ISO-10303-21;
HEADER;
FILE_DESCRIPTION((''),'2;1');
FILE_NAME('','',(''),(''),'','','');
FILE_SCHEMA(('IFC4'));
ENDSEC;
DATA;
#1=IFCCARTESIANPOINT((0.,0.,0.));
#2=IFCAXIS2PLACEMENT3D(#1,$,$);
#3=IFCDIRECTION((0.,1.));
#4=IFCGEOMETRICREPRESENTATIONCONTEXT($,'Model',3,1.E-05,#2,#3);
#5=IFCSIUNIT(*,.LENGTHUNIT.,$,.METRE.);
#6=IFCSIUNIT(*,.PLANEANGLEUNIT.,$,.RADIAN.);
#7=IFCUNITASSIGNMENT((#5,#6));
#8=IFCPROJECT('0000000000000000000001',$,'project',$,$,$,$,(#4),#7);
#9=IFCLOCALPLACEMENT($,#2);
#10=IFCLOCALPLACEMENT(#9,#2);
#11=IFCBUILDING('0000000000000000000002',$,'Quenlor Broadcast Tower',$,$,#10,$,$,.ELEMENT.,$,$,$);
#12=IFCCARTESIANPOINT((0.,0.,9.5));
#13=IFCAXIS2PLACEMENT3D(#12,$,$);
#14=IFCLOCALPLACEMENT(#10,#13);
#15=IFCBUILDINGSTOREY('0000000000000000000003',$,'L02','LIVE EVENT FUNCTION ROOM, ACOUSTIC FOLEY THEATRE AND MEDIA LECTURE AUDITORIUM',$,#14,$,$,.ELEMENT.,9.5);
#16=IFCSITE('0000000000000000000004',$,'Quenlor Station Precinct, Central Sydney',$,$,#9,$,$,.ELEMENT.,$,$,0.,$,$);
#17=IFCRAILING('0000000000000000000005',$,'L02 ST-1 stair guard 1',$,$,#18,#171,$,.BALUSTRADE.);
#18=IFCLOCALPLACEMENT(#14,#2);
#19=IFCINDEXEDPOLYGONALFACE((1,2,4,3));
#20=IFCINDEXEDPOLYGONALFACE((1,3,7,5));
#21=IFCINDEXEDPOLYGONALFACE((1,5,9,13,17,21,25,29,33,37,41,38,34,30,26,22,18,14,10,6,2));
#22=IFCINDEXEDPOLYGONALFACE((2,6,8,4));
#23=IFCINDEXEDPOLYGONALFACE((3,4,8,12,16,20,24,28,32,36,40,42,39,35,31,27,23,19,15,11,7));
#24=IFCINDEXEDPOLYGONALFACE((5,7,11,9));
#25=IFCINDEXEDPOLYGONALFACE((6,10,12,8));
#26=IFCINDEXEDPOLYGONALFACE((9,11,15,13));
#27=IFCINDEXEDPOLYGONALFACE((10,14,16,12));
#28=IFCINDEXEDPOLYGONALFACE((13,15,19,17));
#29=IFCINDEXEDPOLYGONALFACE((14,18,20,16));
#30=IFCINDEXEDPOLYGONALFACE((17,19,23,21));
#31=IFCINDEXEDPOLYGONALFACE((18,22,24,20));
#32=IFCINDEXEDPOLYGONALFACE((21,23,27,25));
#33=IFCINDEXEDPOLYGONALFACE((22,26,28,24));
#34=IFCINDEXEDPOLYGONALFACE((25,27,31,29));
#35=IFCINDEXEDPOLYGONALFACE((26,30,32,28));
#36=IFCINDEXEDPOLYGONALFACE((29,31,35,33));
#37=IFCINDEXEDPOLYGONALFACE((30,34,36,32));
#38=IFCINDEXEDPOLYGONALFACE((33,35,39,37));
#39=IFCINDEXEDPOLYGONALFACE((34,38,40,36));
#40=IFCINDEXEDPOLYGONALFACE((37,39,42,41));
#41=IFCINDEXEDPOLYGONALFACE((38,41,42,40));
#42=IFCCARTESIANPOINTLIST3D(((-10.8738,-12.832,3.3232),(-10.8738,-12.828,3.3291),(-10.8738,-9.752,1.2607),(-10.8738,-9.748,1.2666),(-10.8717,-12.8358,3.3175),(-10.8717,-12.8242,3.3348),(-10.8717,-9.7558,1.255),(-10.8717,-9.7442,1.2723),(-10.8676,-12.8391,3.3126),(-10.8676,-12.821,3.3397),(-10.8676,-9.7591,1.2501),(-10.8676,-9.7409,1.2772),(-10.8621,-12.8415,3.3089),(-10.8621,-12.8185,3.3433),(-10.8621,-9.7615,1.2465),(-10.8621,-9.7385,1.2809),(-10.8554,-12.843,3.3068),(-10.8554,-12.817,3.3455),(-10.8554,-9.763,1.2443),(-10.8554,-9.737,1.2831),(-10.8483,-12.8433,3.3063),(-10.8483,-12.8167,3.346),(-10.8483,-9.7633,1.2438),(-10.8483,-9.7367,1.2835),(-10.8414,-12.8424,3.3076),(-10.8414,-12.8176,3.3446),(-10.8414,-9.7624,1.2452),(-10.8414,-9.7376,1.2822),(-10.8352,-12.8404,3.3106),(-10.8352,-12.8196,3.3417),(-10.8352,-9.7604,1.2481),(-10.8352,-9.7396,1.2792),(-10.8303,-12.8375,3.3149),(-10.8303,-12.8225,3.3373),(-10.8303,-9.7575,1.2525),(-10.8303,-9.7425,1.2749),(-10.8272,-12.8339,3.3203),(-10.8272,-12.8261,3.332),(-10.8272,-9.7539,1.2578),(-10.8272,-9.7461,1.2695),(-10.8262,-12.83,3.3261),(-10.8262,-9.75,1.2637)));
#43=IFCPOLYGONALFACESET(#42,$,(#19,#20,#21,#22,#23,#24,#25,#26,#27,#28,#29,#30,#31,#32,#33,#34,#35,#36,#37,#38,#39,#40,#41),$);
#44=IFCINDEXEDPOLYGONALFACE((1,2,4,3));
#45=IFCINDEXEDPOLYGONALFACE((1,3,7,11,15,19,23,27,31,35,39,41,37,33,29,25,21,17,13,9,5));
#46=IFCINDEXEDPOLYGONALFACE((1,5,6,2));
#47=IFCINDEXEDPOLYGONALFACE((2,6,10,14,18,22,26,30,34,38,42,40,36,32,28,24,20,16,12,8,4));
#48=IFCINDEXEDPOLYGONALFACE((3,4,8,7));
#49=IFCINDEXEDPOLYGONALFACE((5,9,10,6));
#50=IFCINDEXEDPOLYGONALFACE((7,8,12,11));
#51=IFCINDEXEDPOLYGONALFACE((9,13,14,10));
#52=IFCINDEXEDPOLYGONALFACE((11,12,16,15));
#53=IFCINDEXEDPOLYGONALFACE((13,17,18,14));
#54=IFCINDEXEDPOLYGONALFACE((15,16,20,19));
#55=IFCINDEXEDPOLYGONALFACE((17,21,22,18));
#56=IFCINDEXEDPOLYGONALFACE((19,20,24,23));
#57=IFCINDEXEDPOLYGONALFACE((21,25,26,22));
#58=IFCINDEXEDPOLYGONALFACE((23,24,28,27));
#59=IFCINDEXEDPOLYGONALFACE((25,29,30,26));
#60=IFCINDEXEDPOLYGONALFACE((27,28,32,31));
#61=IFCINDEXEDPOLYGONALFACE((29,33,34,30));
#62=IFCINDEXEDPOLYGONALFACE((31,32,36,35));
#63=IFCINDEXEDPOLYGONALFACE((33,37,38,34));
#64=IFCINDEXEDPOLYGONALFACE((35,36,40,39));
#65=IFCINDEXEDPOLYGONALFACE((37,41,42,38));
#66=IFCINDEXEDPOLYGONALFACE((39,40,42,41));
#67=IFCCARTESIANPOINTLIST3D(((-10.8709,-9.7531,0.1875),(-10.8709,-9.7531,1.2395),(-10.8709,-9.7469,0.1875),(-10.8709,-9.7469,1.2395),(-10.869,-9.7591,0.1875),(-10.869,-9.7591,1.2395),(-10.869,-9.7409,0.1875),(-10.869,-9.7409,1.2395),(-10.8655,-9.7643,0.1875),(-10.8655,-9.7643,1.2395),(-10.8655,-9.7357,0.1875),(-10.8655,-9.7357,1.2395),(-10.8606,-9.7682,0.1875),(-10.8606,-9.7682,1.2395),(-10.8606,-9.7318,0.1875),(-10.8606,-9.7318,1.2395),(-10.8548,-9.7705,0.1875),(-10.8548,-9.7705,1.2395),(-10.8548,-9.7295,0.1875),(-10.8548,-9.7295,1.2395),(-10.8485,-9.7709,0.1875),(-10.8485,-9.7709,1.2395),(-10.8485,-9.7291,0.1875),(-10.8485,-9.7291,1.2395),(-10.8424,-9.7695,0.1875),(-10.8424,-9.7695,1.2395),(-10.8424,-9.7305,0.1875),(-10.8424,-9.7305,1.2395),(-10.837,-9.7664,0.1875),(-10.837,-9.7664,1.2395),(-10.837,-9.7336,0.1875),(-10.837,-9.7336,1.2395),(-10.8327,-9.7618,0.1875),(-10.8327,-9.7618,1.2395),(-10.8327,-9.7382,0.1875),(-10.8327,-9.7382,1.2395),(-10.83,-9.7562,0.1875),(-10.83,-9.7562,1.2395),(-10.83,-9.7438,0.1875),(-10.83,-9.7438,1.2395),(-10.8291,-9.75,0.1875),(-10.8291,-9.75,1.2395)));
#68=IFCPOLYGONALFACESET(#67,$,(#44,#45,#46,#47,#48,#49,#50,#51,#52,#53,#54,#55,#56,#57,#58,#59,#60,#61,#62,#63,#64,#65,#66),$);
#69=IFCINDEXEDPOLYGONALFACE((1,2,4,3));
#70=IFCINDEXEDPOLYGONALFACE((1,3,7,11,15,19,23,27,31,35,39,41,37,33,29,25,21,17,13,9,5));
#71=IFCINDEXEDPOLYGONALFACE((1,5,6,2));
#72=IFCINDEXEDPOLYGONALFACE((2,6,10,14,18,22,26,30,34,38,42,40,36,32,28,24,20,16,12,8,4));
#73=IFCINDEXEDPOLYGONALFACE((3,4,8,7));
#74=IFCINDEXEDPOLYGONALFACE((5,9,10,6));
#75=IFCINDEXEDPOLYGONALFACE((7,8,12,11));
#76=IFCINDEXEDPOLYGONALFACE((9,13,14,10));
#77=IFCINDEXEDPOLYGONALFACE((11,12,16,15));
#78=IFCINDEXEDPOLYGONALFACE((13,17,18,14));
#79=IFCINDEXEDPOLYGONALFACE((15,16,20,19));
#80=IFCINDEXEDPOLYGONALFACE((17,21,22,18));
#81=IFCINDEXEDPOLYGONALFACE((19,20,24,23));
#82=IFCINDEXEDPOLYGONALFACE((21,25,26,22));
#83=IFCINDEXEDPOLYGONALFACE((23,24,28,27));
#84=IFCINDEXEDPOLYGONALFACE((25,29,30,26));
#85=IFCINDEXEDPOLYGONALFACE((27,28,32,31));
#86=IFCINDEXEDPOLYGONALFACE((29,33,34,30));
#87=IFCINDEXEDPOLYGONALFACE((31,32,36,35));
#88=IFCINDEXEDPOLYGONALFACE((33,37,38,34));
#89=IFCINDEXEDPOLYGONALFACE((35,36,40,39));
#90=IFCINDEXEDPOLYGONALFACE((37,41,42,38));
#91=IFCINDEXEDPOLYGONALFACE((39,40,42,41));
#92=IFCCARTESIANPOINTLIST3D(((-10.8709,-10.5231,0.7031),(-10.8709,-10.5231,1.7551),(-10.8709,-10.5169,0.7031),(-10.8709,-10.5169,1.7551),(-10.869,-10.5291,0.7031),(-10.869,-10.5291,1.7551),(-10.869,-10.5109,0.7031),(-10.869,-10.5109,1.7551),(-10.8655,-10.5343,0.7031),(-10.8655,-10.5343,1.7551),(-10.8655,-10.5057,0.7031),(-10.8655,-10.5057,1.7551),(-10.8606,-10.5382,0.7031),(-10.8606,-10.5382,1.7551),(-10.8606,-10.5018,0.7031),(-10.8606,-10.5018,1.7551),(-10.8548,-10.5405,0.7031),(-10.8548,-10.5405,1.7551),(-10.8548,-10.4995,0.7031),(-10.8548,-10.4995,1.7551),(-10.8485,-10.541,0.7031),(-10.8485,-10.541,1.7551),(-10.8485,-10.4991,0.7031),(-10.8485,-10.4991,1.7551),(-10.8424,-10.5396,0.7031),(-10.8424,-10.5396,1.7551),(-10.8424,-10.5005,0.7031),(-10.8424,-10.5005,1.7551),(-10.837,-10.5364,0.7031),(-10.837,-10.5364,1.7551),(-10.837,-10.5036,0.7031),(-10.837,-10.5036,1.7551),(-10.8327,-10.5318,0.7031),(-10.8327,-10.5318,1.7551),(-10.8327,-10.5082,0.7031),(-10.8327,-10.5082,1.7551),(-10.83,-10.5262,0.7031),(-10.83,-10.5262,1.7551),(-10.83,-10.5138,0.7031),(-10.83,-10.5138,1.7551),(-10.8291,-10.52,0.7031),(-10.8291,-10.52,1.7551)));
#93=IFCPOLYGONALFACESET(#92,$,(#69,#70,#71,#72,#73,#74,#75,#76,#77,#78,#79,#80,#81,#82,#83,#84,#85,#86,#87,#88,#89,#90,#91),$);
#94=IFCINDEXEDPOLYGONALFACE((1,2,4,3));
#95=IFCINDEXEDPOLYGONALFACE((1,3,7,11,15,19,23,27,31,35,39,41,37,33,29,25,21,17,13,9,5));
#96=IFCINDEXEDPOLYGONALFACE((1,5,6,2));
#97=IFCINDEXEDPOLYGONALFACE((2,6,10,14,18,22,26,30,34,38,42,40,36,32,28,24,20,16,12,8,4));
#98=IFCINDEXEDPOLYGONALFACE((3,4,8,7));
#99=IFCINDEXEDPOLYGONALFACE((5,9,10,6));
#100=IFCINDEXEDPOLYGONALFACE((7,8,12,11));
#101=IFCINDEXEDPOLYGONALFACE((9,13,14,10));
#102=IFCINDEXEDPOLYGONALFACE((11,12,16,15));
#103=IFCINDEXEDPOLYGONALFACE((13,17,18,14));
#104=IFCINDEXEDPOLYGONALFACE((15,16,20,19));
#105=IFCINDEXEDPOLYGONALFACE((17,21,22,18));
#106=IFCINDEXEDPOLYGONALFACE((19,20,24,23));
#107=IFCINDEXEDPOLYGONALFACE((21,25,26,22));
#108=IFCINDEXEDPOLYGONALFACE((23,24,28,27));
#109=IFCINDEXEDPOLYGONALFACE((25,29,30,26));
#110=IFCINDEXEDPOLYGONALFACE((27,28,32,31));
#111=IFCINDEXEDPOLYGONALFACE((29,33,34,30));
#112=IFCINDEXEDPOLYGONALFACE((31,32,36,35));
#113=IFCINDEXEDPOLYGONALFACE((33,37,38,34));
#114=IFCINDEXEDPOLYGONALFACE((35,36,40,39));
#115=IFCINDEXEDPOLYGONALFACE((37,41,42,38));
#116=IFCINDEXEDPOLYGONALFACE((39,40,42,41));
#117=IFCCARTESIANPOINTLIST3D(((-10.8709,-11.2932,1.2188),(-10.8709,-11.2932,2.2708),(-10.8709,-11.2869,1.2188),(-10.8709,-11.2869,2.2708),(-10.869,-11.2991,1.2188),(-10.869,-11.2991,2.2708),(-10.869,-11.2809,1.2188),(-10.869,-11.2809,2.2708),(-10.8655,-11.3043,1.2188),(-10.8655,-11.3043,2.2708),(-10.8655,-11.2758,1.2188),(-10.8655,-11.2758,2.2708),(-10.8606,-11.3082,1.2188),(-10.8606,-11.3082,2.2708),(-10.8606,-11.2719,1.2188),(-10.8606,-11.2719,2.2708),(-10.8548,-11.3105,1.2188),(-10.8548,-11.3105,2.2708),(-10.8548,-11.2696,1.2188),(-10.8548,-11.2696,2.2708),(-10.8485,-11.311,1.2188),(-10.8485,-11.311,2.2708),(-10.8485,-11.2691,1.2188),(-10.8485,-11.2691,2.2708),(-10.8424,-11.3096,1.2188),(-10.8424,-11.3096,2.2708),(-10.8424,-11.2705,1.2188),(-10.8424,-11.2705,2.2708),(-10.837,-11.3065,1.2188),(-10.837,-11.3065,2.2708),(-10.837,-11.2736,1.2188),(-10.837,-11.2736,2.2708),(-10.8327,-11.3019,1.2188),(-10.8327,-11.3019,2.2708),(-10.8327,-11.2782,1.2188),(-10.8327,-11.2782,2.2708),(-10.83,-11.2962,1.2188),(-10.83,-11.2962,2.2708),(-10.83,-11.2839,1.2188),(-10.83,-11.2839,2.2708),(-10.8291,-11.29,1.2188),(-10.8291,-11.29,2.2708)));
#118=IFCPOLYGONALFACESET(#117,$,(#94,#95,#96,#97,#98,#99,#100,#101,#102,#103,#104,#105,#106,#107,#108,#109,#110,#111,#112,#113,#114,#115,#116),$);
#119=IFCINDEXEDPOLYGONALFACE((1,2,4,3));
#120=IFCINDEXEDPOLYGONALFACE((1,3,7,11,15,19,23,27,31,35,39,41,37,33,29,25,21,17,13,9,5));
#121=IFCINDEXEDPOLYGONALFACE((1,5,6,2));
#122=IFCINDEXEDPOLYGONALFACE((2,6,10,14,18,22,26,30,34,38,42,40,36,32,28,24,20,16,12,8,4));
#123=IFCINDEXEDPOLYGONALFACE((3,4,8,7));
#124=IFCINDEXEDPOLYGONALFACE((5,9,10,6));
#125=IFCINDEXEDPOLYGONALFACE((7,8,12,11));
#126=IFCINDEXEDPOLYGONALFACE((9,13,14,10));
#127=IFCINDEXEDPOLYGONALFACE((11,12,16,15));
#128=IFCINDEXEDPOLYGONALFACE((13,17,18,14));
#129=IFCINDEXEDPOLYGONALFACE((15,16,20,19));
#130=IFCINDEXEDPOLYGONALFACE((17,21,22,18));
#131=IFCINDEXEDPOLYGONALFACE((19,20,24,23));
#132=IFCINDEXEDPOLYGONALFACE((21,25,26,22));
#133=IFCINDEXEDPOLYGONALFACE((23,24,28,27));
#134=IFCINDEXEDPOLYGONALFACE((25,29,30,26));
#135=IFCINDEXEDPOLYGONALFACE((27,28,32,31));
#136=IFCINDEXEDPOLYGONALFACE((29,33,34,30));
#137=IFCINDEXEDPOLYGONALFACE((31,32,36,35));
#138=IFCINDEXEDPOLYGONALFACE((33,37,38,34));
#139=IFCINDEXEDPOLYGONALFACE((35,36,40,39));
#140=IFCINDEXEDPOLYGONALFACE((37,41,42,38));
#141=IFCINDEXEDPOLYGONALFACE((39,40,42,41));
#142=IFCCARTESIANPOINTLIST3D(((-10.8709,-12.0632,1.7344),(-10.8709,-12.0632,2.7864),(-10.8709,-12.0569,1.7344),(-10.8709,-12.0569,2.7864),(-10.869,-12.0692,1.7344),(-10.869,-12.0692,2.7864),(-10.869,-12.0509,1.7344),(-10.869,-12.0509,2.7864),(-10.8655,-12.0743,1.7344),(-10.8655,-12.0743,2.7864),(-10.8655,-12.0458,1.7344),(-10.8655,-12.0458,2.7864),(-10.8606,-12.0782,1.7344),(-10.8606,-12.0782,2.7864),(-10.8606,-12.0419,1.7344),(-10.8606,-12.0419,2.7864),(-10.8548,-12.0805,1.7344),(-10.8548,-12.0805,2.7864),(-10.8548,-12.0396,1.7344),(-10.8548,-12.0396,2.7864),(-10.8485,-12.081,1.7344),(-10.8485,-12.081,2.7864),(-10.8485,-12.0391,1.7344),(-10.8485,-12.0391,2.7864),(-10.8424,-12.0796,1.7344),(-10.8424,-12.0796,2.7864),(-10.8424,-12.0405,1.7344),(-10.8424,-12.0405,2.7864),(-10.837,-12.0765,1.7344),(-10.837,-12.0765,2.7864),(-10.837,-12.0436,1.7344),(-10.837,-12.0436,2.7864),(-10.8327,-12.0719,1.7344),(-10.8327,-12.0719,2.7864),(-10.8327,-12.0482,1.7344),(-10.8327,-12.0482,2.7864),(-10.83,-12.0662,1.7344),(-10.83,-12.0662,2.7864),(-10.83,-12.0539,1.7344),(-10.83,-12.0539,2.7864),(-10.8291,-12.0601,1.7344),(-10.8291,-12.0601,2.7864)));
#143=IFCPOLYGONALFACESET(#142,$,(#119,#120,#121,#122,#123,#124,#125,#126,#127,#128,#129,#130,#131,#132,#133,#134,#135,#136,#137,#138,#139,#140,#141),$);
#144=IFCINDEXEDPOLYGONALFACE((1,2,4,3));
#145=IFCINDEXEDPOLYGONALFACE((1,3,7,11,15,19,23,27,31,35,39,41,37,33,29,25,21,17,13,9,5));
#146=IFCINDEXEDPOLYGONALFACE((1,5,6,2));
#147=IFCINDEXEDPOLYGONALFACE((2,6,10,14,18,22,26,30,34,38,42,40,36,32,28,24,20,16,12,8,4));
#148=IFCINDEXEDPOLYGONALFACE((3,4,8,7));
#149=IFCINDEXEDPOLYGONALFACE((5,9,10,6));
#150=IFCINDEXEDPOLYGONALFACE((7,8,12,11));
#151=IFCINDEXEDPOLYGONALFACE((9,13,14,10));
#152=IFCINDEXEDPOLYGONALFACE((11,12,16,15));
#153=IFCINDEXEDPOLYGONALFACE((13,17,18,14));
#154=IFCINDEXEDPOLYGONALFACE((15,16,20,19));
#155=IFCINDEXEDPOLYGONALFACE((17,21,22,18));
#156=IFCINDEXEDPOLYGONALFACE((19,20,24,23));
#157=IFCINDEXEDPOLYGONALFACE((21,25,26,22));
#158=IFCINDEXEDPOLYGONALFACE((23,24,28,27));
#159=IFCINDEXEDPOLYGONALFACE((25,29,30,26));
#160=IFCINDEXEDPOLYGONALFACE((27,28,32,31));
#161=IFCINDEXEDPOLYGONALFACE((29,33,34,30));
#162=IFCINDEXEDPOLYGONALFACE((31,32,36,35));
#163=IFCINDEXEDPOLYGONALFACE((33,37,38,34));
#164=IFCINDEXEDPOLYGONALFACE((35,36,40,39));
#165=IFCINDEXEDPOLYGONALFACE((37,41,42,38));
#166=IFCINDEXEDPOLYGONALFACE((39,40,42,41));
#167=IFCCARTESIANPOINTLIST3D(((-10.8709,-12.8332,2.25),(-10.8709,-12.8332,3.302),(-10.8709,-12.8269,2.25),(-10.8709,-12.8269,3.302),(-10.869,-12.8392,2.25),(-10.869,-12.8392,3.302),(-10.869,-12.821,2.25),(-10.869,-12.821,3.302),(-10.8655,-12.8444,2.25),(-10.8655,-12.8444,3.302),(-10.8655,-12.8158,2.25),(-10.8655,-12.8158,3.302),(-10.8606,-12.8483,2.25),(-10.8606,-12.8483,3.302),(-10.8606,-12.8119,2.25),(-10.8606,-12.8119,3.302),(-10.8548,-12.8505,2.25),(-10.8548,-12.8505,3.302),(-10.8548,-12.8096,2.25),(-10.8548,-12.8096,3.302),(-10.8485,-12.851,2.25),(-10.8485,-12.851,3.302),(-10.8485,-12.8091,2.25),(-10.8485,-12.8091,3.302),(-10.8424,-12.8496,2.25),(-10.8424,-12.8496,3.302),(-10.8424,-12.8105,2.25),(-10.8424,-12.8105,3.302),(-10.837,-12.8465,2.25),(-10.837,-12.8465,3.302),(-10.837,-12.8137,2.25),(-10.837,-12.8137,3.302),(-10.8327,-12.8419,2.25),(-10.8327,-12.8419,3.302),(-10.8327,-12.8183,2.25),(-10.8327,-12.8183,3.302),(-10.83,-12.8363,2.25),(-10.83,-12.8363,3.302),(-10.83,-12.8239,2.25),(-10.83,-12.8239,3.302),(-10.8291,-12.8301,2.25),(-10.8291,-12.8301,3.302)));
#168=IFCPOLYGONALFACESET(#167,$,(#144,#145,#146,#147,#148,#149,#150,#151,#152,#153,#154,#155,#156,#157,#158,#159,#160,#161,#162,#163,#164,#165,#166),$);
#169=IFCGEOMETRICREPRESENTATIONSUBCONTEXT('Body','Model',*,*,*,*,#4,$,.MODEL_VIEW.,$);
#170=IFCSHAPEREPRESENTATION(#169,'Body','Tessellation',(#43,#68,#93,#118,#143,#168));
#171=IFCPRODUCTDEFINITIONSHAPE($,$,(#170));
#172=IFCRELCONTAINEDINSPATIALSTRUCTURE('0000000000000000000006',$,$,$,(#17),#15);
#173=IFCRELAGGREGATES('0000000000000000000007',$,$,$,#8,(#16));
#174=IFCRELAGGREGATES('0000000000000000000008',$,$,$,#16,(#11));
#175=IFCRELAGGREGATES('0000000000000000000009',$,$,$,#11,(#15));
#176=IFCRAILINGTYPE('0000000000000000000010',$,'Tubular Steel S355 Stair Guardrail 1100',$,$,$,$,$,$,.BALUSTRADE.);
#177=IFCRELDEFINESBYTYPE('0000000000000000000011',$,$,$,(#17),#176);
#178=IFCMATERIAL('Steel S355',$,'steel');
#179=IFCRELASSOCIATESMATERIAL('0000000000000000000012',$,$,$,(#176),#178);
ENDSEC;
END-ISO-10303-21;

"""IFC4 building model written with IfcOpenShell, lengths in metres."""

from ifc_helpers import new_model, si_unit, direction, frame, origin, origin_2d, place, context, subcontext, project, spatial, circle, extrude, material, type_object, element, save


model = new_model("IFC4")

# Units and contexts
model_context = context("Model", 3, precision=1e-05, world=origin(), true_north=direction((0.0, 1.0)))
body_context = subcontext(model_context, "Body", "Model", "MODEL_VIEW")
ifc_project = project(units=[si_unit("LENGTHUNIT", "METRE"), si_unit("PLANEANGLEUNIT", "RADIAN")], contexts=[model_context])

# Site, building, storey
site_placement = place(None, origin())
site = spatial("IfcSite", under=ifc_project, at=site_placement, Name="Quenlor Station Precinct, Central Sydney", CompositionType="ELEMENT", RefElevation=0.0)
building_placement = place(site_placement, origin())
building = spatial("IfcBuilding", under=site, at=building_placement, Name="Quenlor Broadcast Tower", CompositionType="ELEMENT")
storey_placement = place(building_placement, frame((0.0, 0.0, 9.5)))
storey = spatial("IfcBuildingStorey", under=building, at=storey_placement, Name="L02", Description="LIVE EVENT FUNCTION ROOM, ACOUSTIC FOLEY THEATRE AND MEDIA LECTURE AUDITORIUM", CompositionType="ELEMENT", Elevation=9.5)

# Railing
ifc_material_1 = material(Name="Steel S355", Category="steel")
railing_type = type_object("IfcRailingType", Name="Tubular Steel S355 Stair Guardrail 1100", PredefinedType="BALUSTRADE", material=ifc_material_1)
railing_1_placement = place(storey_placement, frame((-10.8501, -9.75, 0.1875)))
element("IfcRailing", 1, at=railing_1_placement, inside=storey, type_object=railing_type, Name="L02 ST-1 stair guard 1", PredefinedType="BALUSTRADE", context=body_context, shape_type="SweptSolid", body=[
    extrude(circle(Radius=0.0239, at=origin_2d()), frame((0.0, 0.0, 1.0762), z_axis=(0.0, -0.830914, 0.556401), x_axis=(1.0, 0.0, 0.0)), (0.0, 0.0, 1.0), 3.7068),
    extrude(circle(Radius=0.021, at=origin_2d()), origin(), (0.0, 0.0, 1.0), 1.052),
    extrude(circle(Radius=0.021, at=origin_2d()), frame((0.0, -0.77, 0.5156)), (0.0, 0.0, 1.0), 1.052),
    extrude(circle(Radius=0.021, at=origin_2d()), frame((0.0, -1.54, 1.0312)), (0.0, 0.0, 1.0), 1.052),
    extrude(circle(Radius=0.021, at=origin_2d()), frame((0.0, -2.3101, 1.5469)), (0.0, 0.0, 1.0), 1.052),
    extrude(circle(Radius=0.021, at=origin_2d()), frame((0.0, -3.0801, 2.0625)), (0.0, 0.0, 1.0), 1.052),
])

save(model, "model.ifc")
